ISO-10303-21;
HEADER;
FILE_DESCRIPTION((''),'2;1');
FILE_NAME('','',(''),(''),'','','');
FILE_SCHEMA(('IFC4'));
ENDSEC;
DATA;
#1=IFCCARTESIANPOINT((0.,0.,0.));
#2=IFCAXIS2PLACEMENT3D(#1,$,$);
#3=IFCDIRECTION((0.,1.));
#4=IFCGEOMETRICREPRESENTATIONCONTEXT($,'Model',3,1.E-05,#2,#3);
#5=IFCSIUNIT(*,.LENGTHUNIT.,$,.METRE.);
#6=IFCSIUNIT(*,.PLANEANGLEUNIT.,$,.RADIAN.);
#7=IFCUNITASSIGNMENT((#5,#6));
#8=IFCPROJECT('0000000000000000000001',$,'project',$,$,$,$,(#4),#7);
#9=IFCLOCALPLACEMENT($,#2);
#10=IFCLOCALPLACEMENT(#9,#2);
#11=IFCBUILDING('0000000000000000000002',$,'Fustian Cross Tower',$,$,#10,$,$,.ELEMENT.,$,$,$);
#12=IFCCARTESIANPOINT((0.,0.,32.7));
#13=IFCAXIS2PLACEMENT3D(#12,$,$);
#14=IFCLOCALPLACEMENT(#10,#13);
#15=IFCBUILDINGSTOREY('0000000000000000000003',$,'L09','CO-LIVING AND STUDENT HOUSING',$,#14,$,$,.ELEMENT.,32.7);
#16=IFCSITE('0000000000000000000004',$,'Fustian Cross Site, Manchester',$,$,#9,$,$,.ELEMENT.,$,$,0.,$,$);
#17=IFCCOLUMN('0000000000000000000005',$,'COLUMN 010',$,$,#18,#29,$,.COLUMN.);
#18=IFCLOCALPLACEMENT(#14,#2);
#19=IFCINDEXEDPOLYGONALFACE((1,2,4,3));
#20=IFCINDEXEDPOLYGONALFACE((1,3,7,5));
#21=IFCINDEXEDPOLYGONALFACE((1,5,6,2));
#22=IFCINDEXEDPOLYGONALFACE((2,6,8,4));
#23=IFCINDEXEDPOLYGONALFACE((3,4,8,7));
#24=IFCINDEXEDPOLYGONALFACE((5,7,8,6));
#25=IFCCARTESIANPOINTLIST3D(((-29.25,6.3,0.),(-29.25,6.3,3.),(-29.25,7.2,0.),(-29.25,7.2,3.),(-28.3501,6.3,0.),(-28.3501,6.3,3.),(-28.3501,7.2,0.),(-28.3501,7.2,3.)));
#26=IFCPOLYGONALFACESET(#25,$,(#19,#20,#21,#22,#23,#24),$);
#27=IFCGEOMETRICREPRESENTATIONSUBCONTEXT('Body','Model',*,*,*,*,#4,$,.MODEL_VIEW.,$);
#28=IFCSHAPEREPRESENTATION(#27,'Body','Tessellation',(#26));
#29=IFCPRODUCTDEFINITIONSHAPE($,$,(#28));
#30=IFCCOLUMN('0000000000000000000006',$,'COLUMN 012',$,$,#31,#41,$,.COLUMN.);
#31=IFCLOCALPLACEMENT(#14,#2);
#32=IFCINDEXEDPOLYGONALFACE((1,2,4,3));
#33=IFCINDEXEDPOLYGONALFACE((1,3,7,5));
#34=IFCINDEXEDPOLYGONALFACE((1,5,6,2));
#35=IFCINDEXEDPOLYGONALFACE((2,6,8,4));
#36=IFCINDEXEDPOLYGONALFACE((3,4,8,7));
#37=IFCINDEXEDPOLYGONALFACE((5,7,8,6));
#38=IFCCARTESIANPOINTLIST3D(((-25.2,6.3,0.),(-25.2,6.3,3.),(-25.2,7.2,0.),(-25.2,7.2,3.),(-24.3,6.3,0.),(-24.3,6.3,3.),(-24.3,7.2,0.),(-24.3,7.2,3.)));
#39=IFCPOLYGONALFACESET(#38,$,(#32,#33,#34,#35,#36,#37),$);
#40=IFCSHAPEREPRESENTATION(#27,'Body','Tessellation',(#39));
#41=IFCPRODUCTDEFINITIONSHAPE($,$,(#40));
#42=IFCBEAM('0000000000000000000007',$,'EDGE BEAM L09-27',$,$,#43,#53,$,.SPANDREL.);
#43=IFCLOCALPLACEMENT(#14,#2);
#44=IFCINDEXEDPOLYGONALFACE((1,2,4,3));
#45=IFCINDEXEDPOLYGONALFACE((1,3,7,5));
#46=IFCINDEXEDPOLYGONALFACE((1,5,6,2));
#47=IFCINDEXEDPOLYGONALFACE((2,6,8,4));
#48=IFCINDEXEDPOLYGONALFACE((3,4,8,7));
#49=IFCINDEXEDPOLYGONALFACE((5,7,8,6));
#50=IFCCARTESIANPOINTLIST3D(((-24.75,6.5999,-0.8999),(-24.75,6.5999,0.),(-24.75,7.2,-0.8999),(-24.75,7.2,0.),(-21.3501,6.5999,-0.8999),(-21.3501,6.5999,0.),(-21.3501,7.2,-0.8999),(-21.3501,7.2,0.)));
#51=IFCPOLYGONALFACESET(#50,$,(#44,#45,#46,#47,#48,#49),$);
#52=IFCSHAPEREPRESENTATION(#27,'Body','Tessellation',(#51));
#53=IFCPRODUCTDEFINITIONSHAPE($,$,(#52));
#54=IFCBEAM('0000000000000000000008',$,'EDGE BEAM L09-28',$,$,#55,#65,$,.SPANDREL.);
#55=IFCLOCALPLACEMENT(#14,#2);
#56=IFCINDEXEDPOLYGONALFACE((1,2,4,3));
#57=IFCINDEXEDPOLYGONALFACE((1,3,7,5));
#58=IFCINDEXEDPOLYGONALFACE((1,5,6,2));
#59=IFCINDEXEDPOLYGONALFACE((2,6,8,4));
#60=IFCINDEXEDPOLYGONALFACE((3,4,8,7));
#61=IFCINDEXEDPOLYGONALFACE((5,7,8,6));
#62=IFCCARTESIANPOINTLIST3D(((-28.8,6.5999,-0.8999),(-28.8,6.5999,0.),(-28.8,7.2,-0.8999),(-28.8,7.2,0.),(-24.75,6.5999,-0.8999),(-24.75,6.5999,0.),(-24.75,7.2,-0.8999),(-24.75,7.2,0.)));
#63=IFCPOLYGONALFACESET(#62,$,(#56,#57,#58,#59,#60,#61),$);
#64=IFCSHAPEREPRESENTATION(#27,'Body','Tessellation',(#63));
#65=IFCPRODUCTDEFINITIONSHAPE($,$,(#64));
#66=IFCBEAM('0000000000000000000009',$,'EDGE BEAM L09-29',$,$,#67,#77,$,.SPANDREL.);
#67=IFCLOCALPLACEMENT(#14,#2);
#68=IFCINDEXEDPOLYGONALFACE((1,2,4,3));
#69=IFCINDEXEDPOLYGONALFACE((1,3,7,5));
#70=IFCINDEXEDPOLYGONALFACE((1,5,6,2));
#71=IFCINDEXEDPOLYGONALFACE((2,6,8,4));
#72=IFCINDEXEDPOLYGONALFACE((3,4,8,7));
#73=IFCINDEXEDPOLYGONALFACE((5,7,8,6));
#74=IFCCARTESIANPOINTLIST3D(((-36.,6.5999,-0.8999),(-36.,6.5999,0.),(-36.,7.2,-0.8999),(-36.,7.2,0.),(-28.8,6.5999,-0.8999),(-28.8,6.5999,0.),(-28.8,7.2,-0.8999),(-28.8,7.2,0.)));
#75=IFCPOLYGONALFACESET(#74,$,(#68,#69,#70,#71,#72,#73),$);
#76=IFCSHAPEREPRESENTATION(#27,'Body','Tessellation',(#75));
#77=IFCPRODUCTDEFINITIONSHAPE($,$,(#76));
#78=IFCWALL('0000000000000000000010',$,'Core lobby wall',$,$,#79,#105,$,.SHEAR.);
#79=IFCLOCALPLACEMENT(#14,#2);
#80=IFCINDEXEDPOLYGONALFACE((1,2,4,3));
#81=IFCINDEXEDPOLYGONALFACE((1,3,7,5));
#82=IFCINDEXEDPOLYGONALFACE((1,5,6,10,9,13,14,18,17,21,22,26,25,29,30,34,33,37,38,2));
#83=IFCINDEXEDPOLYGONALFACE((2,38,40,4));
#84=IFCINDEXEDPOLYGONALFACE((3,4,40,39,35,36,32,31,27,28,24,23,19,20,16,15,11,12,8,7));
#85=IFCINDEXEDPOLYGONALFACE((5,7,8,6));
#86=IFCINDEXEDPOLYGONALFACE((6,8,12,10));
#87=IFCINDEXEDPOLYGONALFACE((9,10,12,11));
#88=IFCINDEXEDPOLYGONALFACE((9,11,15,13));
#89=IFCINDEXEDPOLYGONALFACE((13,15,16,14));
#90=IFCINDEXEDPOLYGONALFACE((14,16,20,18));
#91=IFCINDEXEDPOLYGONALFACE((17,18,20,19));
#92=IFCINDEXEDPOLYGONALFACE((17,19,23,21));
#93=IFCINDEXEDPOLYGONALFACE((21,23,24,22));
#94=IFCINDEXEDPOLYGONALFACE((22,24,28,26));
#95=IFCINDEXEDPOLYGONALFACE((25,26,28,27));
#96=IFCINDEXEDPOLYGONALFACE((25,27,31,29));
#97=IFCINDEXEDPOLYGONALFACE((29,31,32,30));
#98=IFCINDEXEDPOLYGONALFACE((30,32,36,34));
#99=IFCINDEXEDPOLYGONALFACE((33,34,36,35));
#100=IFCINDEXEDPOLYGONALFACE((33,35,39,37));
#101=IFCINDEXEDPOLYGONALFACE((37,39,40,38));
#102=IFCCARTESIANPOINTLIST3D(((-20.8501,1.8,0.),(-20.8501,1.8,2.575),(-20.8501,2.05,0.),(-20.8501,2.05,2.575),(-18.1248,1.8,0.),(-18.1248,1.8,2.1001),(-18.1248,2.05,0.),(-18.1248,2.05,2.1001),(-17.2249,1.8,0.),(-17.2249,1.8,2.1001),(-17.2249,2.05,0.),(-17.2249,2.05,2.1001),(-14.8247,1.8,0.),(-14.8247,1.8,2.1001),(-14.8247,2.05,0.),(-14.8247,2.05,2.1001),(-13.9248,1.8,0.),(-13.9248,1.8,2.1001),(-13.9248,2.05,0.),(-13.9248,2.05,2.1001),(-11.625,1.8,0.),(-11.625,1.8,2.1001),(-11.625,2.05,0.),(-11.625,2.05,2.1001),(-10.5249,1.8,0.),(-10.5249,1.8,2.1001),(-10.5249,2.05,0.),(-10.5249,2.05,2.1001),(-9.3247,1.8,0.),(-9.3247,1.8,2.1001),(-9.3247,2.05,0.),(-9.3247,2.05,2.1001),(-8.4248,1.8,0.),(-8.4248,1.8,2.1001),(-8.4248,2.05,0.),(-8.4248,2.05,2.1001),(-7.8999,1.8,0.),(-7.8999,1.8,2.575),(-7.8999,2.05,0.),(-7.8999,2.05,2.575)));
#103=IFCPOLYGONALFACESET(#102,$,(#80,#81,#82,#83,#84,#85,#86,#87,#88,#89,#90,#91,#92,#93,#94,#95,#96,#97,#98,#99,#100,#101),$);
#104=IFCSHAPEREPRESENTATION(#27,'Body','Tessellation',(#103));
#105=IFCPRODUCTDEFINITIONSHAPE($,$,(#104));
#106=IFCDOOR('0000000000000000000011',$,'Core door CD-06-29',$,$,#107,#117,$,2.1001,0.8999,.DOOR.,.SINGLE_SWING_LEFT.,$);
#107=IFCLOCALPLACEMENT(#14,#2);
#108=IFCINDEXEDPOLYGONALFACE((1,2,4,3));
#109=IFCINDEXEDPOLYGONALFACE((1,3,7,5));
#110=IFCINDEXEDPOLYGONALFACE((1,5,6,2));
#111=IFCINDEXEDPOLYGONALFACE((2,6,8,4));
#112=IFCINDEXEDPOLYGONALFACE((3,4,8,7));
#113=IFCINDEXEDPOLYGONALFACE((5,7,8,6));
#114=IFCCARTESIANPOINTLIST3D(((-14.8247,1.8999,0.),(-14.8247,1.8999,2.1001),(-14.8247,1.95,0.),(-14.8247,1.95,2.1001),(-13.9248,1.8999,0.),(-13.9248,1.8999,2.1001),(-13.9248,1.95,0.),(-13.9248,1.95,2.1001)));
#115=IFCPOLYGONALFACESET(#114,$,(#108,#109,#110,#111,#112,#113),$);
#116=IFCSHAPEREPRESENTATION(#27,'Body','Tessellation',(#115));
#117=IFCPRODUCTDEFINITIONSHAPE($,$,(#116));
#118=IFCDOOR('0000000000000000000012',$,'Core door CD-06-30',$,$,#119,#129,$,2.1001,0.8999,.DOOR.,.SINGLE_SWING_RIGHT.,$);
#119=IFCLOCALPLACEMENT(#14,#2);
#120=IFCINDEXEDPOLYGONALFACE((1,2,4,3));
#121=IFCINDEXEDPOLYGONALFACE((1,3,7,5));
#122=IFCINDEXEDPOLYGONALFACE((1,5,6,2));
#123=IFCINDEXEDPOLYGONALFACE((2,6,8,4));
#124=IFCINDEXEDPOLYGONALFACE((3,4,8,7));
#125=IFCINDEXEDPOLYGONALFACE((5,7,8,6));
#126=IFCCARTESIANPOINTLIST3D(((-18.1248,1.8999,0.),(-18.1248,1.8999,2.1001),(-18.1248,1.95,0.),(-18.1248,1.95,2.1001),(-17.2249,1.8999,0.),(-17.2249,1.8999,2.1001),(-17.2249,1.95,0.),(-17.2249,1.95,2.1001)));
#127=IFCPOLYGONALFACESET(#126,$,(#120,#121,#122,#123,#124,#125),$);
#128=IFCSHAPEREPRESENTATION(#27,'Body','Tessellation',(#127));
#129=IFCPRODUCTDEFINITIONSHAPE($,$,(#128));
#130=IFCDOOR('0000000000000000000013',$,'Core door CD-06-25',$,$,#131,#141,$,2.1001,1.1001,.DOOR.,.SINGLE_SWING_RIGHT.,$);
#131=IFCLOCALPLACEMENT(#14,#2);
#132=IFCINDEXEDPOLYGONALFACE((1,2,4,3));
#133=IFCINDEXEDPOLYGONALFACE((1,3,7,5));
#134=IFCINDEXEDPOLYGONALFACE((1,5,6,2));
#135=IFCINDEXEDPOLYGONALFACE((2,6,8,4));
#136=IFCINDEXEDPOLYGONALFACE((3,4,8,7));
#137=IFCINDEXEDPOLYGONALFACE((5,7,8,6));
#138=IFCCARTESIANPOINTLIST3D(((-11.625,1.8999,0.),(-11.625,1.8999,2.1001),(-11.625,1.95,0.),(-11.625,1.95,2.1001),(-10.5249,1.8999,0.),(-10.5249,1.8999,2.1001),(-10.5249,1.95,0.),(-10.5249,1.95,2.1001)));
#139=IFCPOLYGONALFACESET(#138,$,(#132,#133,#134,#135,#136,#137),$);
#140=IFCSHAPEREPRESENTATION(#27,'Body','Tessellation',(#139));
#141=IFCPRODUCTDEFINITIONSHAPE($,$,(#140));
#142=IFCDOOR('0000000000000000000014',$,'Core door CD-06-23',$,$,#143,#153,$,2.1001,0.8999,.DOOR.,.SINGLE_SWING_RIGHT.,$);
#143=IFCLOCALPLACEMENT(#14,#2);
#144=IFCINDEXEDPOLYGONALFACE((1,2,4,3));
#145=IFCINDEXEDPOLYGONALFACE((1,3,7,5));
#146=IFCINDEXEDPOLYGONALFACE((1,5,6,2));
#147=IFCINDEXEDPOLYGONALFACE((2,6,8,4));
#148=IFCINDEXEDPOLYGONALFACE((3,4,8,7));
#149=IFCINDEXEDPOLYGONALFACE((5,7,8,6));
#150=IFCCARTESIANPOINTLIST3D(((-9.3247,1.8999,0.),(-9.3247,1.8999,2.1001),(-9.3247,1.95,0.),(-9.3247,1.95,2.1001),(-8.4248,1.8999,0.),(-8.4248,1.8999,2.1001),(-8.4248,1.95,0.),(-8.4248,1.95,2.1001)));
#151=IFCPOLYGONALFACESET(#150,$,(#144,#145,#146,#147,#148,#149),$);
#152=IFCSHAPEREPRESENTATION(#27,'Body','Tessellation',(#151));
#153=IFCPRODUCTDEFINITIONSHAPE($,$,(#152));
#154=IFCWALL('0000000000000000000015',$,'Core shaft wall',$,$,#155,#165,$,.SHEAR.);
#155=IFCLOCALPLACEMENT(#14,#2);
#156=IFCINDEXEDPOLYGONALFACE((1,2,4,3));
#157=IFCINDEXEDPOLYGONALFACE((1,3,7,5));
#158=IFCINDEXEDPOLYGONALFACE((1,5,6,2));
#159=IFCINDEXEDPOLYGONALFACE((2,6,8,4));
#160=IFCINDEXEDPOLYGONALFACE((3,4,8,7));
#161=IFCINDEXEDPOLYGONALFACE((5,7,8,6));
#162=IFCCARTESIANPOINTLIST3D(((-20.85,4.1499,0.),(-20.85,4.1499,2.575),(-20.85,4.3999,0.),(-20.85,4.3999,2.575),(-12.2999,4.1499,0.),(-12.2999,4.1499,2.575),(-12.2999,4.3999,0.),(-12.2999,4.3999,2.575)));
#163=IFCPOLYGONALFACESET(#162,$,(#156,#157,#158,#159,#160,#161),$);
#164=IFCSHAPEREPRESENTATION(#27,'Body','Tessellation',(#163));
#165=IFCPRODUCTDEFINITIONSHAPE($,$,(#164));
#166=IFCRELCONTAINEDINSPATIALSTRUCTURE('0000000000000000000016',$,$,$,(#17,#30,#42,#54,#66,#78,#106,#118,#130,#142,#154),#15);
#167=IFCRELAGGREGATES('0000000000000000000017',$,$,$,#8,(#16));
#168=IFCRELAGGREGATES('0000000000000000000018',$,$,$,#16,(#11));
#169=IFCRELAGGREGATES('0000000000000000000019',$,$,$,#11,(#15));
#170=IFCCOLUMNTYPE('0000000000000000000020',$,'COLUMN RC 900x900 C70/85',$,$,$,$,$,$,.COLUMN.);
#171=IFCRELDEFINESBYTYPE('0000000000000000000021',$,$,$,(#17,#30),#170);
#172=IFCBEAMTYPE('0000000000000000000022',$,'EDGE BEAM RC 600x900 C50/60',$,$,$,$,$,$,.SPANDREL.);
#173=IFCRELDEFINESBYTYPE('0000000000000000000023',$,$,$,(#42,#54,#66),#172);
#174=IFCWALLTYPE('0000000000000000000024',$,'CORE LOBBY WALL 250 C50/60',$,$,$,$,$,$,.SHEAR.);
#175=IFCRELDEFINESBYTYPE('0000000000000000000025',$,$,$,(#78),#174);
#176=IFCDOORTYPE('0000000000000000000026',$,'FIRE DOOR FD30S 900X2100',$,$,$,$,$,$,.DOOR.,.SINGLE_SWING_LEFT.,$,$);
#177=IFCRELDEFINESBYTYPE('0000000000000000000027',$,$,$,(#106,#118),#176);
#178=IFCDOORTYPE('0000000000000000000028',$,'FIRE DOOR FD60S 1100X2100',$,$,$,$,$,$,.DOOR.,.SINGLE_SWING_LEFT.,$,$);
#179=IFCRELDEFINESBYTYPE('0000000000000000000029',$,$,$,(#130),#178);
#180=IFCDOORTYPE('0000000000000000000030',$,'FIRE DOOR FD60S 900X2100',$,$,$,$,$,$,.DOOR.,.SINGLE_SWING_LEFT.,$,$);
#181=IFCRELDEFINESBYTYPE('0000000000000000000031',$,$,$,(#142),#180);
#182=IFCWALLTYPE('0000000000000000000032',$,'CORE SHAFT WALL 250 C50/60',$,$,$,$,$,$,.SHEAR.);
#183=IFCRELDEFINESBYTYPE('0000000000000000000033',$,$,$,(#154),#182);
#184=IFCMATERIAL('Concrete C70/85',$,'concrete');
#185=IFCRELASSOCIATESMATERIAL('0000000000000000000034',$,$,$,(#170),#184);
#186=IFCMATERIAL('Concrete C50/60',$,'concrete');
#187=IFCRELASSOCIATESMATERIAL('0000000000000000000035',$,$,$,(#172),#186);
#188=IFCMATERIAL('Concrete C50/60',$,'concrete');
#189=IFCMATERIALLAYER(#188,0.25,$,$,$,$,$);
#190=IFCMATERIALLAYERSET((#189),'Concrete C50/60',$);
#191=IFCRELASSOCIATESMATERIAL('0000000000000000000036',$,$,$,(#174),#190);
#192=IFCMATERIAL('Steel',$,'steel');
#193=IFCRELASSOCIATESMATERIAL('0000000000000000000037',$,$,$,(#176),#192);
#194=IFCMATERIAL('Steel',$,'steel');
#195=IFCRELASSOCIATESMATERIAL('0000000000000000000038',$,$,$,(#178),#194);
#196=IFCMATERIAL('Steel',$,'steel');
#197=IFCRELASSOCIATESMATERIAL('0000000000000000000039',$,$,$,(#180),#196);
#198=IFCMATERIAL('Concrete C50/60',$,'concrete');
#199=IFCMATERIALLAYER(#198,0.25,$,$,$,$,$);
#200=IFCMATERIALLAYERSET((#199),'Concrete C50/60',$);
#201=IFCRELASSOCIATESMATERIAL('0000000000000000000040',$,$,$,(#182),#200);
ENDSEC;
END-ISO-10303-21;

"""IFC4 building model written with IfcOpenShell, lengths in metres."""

from ifc_helpers import new_model, si_unit, direction, frame, frame_2d, origin, origin_2d, place, context, subcontext, project, spatial, rectangle, extrude, material, layer, layer_set, material_profile, profile_set, type_object, element, fill, save


model = new_model("IFC4")

# Units and contexts
model_context = context("Model", 3, precision=1e-05, world=origin(), true_north=direction((0.0, 1.0)))
body_context = subcontext(model_context, "Body", "Model", "MODEL_VIEW")
ifc_project = project(units=[si_unit("LENGTHUNIT", "METRE"), si_unit("PLANEANGLEUNIT", "RADIAN")], contexts=[model_context])

# Site, building, storey
site_placement = place(None, origin())
site = spatial("IfcSite", under=ifc_project, at=site_placement, Name="Fustian Cross Site, Manchester", CompositionType="ELEMENT", RefElevation=0.0)
building_placement = place(site_placement, origin())
building = spatial("IfcBuilding", under=site, at=building_placement, Name="Fustian Cross Tower", CompositionType="ELEMENT")
storey_placement = place(building_placement, frame((0.0, 0.0, 32.7)))
storey = spatial("IfcBuildingStorey", under=building, at=storey_placement, Name="L09", Description="CO-LIVING AND STUDENT HOUSING", CompositionType="ELEMENT", Elevation=32.7)

# Columns
ifc_material_1 = material(Name="Concrete C70/85", Category="concrete")
ifc_material_profile_1 = material_profile(ifc_material_1, rectangle(XDim=0.8999, YDim=0.8999, at=origin_2d()), Name="RC 900x900")
ifc_profile_set_1 = profile_set([ifc_material_profile_1], Name="Concrete C70/85")
column_type = type_object("IfcColumnType", Name="COLUMN RC 900x900 C70/85", PredefinedType="COLUMN", material=ifc_profile_set_1)
for number, where, z_axis, x_axis, name in (
    (1, (-28.8, 6.75, 0.0), (0.0, 0.0, 1.0), (1.0, 0.0, 0.0), "COLUMN 010"),
    (2, (-24.75, 6.75, 0.0), (0.0, 0.0, 1.0), (1.0, 0.0, 0.0), "COLUMN 012"),
):
    element("IfcColumn", number, at=place(storey_placement, frame(where, z_axis=z_axis, x_axis=x_axis)), inside=storey, type_object=column_type, Name=name, PredefinedType="COLUMN", context=body_context, shape_type="SweptSolid", body=[
        extrude(rectangle(XDim=0.8999, YDim=0.8999, at=origin_2d()), origin(), (0.0, 0.0, 1.0), 3.0),
    ])

# Beams
ifc_material_2 = material(Name="Concrete C50/60", Category="concrete")
ifc_material_profile_2 = material_profile(ifc_material_2, rectangle(XDim=0.6001, YDim=0.8999, at=origin_2d()), Name="RC 600x900")
ifc_profile_set_2 = profile_set([ifc_material_profile_2], Name="Concrete C50/60")
beam_type = type_object("IfcBeamType", Name="EDGE BEAM RC 600x900 C50/60", PredefinedType="SPANDREL", material=ifc_profile_set_2)
beam_1_placement = place(storey_placement, frame((-21.3501, 6.8999, -0.45), z_axis=(-1.0, 0.0, 0.0), x_axis=(0.0, -1.0, 0.0)))
element("IfcBeam", 3, at=beam_1_placement, inside=storey, type_object=beam_type, Name="EDGE BEAM L09-27", PredefinedType="SPANDREL", context=body_context, shape_type="SweptSolid", body=[
    extrude(rectangle(XDim=0.6001, YDim=0.8999, at=origin_2d()), origin(), (0.0, 0.0, 1.0), 3.3999),
])
beam_2_placement = place(storey_placement, frame((-24.75, 6.8999, -0.45), z_axis=(-1.0, 0.0, 0.0), x_axis=(0.0, -1.0, 0.0)))
element("IfcBeam", 4, at=beam_2_placement, inside=storey, type_object=beam_type, Name="EDGE BEAM L09-28", PredefinedType="SPANDREL", context=body_context, shape_type="SweptSolid", body=[
    extrude(rectangle(XDim=0.6001, YDim=0.8999, at=origin_2d()), origin(), (0.0, 0.0, 1.0), 4.05),
])
beam_3_placement = place(storey_placement, frame((-28.8, 6.8999, -0.45), z_axis=(-1.0, 0.0, 0.0), x_axis=(0.0, -1.0, 0.0)))
element("IfcBeam", 5, at=beam_3_placement, inside=storey, type_object=beam_type, Name="EDGE BEAM L09-29", PredefinedType="SPANDREL", context=body_context, shape_type="SweptSolid", body=[
    extrude(rectangle(XDim=0.6001, YDim=0.8999, at=origin_2d()), origin(), (0.0, 0.0, 1.0), 7.2),
])

# Wall, openings, doors
ifc_material_3 = material(Name="Concrete C50/60", Category="concrete")
ifc_layer_1 = layer(ifc_material_3, 0.25)
ifc_layer_set_1 = layer_set([ifc_layer_1], Name="Concrete C50/60")
wall_type_1 = type_object("IfcWallType", Name="CORE LOBBY WALL 250 C50/60", PredefinedType="SHEAR", material=ifc_layer_set_1)
wall_1_placement = place(storey_placement, frame((-7.8999, 1.925, 0.0), z_axis=(0.0, 0.0, 1.0), x_axis=(-1.0, 0.0, 0.0)))
wall_1 = element("IfcWall", 6, at=wall_1_placement, inside=storey, type_object=wall_type_1, Name="Core lobby wall", PredefinedType="SHEAR", context=body_context, shape_type="SweptSolid", body=[
    extrude(rectangle(XDim=12.9502, YDim=0.25, at=frame_2d((6.4751, 0.0))), origin(), (0.0, 0.0, 1.0), 2.575),
])
opening_1_placement = place(wall_1_placement, frame((0.5249, 0.0, 0.0)))
opening_1 = element("IfcOpeningElement", 7, at=opening_1_placement, cuts=wall_1, PredefinedType="OPENING", context=body_context, shape_type="SweptSolid", body=[
    extrude(rectangle(XDim=0.8999, YDim=2.1001, at=frame_2d((0.45, 1.05))), frame((0.0, 0.135, 0.0), z_axis=(0.0, -1.0, 0.0), x_axis=(1.0, 0.0, 0.0)), (0.0, 0.0, 1.0), 0.27),
])
opening_2_placement = place(wall_1_placement, frame((2.625, 0.0, 0.0)))
opening_2 = element("IfcOpeningElement", 8, at=opening_2_placement, cuts=wall_1, PredefinedType="OPENING", context=body_context, shape_type="SweptSolid", body=[
    extrude(rectangle(XDim=1.1001, YDim=2.1001, at=frame_2d((0.55, 1.05))), frame((0.0, 0.135, 0.0), z_axis=(0.0, -1.0, 0.0), x_axis=(1.0, 0.0, 0.0)), (0.0, 0.0, 1.0), 0.27),
])
opening_3_placement = place(wall_1_placement, frame((6.0249, 0.0, 0.0)))
opening_3 = element("IfcOpeningElement", 9, at=opening_3_placement, cuts=wall_1, PredefinedType="OPENING", context=body_context, shape_type="SweptSolid", body=[
    extrude(rectangle(XDim=0.8999, YDim=2.1001, at=frame_2d((0.45, 1.05))), frame((0.0, 0.135, 0.0), z_axis=(0.0, -1.0, 0.0), x_axis=(1.0, 0.0, 0.0)), (0.0, 0.0, 1.0), 0.27),
])
opening_4_placement = place(wall_1_placement, frame((9.325, 0.0, 0.0)))
opening_4 = element("IfcOpeningElement", 10, at=opening_4_placement, cuts=wall_1, PredefinedType="OPENING", context=body_context, shape_type="SweptSolid", body=[
    extrude(rectangle(XDim=0.8999, YDim=2.1001, at=frame_2d((0.45, 1.05))), frame((0.0, 0.135, 0.0), z_axis=(0.0, -1.0, 0.0), x_axis=(1.0, 0.0, 0.0)), (0.0, 0.0, 1.0), 0.27),
])
ifc_material_4 = material(Name="Steel", Category="steel")
door_type_1 = type_object("IfcDoorType", Name="FIRE DOOR FD30S 900X2100", OperationType="SINGLE_SWING_LEFT", PredefinedType="DOOR", material=ifc_material_4)
door_1_placement = place(opening_3_placement, frame((0.8999, 0.0, 0.0), z_axis=(0.0, 0.0, 1.0), x_axis=(-1.0, 0.0, 0.0)))
door_1 = element("IfcDoor", 11, at=door_1_placement, inside=storey, type_object=door_type_1, Name="Core door CD-06-29", OperationType="SINGLE_SWING_LEFT", OverallHeight=2.1001, OverallWidth=0.8999, PredefinedType="DOOR", context=body_context, shape_type="SweptSolid", body=[
    extrude(rectangle(XDim=0.8999, YDim=2.1001, at=frame_2d((0.45, 1.05))), frame((0.0, 0.0249, 0.0), z_axis=(0.0, -1.0, 0.0), x_axis=(1.0, 0.0, 0.0)), (0.0, 0.0, 1.0), 0.05),
])
fill(opening_3, door_1)
door_2_placement = place(opening_4_placement, frame((0.8999, 0.0, 0.0), z_axis=(0.0, 0.0, 1.0), x_axis=(-1.0, 0.0, 0.0)))
door_2 = element("IfcDoor", 12, at=door_2_placement, inside=storey, type_object=door_type_1, Name="Core door CD-06-30", OperationType="SINGLE_SWING_RIGHT", OverallHeight=2.1001, OverallWidth=0.8999, PredefinedType="DOOR", context=body_context, shape_type="SweptSolid", body=[
    extrude(rectangle(XDim=0.8999, YDim=2.1001, at=frame_2d((0.45, 1.05))), frame((0.0, 0.0249, 0.0), z_axis=(0.0, -1.0, 0.0), x_axis=(1.0, 0.0, 0.0)), (0.0, 0.0, 1.0), 0.05),
])
fill(opening_4, door_2)
ifc_material_5 = material(Name="Steel", Category="steel")
door_type_2 = type_object("IfcDoorType", Name="FIRE DOOR FD60S 1100X2100", OperationType="SINGLE_SWING_LEFT", PredefinedType="DOOR", material=ifc_material_5)
door_3_placement = place(opening_2_placement, frame((1.1001, 0.0, 0.0), z_axis=(0.0, 0.0, 1.0), x_axis=(-1.0, 0.0, 0.0)))
door_3 = element("IfcDoor", 13, at=door_3_placement, inside=storey, type_object=door_type_2, Name="Core door CD-06-25", OperationType="SINGLE_SWING_RIGHT", OverallHeight=2.1001, OverallWidth=1.1001, PredefinedType="DOOR", context=body_context, shape_type="SweptSolid", body=[
    extrude(rectangle(XDim=1.1001, YDim=2.1001, at=frame_2d((0.55, 1.05))), frame((0.0, 0.0249, 0.0), z_axis=(0.0, -1.0, 0.0), x_axis=(1.0, 0.0, 0.0)), (0.0, 0.0, 1.0), 0.05),
])
fill(opening_2, door_3)
ifc_material_6 = material(Name="Steel", Category="steel")
door_type_3 = type_object("IfcDoorType", Name="FIRE DOOR FD60S 900X2100", OperationType="SINGLE_SWING_LEFT", PredefinedType="DOOR", material=ifc_material_6)
door_4_placement = place(opening_1_placement, frame((0.8999, 0.0, 0.0), z_axis=(0.0, 0.0, 1.0), x_axis=(-1.0, 0.0, 0.0)))
door_4 = element("IfcDoor", 14, at=door_4_placement, inside=storey, type_object=door_type_3, Name="Core door CD-06-23", OperationType="SINGLE_SWING_RIGHT", OverallHeight=2.1001, OverallWidth=0.8999, PredefinedType="DOOR", context=body_context, shape_type="SweptSolid", body=[
    extrude(rectangle(XDim=0.8999, YDim=2.1001, at=frame_2d((0.45, 1.05))), frame((0.0, 0.0249, 0.0), z_axis=(0.0, -1.0, 0.0), x_axis=(1.0, 0.0, 0.0)), (0.0, 0.0, 1.0), 0.05),
])
fill(opening_1, door_4)

# Wall
ifc_material_7 = material(Name="Concrete C50/60", Category="concrete")
ifc_layer_2 = layer(ifc_material_7, 0.25)
ifc_layer_set_2 = layer_set([ifc_layer_2], Name="Concrete C50/60")
wall_type_2 = type_object("IfcWallType", Name="CORE SHAFT WALL 250 C50/60", PredefinedType="SHEAR", material=ifc_layer_set_2)
wall_2_placement = place(storey_placement, frame((-12.3, 4.2749, 0.0), z_axis=(0.0, 0.0, 1.0), x_axis=(-1.0, 0.0, 0.0)))
element("IfcWall", 15, at=wall_2_placement, inside=storey, type_object=wall_type_2, Name="Core shaft wall", PredefinedType="SHEAR", context=body_context, shape_type="SweptSolid", body=[
    extrude(rectangle(XDim=8.55, YDim=0.25, at=frame_2d((4.2749, 0.0))), origin(), (0.0, 0.0, 1.0), 2.575),
])

save(model, "model.ifc")
